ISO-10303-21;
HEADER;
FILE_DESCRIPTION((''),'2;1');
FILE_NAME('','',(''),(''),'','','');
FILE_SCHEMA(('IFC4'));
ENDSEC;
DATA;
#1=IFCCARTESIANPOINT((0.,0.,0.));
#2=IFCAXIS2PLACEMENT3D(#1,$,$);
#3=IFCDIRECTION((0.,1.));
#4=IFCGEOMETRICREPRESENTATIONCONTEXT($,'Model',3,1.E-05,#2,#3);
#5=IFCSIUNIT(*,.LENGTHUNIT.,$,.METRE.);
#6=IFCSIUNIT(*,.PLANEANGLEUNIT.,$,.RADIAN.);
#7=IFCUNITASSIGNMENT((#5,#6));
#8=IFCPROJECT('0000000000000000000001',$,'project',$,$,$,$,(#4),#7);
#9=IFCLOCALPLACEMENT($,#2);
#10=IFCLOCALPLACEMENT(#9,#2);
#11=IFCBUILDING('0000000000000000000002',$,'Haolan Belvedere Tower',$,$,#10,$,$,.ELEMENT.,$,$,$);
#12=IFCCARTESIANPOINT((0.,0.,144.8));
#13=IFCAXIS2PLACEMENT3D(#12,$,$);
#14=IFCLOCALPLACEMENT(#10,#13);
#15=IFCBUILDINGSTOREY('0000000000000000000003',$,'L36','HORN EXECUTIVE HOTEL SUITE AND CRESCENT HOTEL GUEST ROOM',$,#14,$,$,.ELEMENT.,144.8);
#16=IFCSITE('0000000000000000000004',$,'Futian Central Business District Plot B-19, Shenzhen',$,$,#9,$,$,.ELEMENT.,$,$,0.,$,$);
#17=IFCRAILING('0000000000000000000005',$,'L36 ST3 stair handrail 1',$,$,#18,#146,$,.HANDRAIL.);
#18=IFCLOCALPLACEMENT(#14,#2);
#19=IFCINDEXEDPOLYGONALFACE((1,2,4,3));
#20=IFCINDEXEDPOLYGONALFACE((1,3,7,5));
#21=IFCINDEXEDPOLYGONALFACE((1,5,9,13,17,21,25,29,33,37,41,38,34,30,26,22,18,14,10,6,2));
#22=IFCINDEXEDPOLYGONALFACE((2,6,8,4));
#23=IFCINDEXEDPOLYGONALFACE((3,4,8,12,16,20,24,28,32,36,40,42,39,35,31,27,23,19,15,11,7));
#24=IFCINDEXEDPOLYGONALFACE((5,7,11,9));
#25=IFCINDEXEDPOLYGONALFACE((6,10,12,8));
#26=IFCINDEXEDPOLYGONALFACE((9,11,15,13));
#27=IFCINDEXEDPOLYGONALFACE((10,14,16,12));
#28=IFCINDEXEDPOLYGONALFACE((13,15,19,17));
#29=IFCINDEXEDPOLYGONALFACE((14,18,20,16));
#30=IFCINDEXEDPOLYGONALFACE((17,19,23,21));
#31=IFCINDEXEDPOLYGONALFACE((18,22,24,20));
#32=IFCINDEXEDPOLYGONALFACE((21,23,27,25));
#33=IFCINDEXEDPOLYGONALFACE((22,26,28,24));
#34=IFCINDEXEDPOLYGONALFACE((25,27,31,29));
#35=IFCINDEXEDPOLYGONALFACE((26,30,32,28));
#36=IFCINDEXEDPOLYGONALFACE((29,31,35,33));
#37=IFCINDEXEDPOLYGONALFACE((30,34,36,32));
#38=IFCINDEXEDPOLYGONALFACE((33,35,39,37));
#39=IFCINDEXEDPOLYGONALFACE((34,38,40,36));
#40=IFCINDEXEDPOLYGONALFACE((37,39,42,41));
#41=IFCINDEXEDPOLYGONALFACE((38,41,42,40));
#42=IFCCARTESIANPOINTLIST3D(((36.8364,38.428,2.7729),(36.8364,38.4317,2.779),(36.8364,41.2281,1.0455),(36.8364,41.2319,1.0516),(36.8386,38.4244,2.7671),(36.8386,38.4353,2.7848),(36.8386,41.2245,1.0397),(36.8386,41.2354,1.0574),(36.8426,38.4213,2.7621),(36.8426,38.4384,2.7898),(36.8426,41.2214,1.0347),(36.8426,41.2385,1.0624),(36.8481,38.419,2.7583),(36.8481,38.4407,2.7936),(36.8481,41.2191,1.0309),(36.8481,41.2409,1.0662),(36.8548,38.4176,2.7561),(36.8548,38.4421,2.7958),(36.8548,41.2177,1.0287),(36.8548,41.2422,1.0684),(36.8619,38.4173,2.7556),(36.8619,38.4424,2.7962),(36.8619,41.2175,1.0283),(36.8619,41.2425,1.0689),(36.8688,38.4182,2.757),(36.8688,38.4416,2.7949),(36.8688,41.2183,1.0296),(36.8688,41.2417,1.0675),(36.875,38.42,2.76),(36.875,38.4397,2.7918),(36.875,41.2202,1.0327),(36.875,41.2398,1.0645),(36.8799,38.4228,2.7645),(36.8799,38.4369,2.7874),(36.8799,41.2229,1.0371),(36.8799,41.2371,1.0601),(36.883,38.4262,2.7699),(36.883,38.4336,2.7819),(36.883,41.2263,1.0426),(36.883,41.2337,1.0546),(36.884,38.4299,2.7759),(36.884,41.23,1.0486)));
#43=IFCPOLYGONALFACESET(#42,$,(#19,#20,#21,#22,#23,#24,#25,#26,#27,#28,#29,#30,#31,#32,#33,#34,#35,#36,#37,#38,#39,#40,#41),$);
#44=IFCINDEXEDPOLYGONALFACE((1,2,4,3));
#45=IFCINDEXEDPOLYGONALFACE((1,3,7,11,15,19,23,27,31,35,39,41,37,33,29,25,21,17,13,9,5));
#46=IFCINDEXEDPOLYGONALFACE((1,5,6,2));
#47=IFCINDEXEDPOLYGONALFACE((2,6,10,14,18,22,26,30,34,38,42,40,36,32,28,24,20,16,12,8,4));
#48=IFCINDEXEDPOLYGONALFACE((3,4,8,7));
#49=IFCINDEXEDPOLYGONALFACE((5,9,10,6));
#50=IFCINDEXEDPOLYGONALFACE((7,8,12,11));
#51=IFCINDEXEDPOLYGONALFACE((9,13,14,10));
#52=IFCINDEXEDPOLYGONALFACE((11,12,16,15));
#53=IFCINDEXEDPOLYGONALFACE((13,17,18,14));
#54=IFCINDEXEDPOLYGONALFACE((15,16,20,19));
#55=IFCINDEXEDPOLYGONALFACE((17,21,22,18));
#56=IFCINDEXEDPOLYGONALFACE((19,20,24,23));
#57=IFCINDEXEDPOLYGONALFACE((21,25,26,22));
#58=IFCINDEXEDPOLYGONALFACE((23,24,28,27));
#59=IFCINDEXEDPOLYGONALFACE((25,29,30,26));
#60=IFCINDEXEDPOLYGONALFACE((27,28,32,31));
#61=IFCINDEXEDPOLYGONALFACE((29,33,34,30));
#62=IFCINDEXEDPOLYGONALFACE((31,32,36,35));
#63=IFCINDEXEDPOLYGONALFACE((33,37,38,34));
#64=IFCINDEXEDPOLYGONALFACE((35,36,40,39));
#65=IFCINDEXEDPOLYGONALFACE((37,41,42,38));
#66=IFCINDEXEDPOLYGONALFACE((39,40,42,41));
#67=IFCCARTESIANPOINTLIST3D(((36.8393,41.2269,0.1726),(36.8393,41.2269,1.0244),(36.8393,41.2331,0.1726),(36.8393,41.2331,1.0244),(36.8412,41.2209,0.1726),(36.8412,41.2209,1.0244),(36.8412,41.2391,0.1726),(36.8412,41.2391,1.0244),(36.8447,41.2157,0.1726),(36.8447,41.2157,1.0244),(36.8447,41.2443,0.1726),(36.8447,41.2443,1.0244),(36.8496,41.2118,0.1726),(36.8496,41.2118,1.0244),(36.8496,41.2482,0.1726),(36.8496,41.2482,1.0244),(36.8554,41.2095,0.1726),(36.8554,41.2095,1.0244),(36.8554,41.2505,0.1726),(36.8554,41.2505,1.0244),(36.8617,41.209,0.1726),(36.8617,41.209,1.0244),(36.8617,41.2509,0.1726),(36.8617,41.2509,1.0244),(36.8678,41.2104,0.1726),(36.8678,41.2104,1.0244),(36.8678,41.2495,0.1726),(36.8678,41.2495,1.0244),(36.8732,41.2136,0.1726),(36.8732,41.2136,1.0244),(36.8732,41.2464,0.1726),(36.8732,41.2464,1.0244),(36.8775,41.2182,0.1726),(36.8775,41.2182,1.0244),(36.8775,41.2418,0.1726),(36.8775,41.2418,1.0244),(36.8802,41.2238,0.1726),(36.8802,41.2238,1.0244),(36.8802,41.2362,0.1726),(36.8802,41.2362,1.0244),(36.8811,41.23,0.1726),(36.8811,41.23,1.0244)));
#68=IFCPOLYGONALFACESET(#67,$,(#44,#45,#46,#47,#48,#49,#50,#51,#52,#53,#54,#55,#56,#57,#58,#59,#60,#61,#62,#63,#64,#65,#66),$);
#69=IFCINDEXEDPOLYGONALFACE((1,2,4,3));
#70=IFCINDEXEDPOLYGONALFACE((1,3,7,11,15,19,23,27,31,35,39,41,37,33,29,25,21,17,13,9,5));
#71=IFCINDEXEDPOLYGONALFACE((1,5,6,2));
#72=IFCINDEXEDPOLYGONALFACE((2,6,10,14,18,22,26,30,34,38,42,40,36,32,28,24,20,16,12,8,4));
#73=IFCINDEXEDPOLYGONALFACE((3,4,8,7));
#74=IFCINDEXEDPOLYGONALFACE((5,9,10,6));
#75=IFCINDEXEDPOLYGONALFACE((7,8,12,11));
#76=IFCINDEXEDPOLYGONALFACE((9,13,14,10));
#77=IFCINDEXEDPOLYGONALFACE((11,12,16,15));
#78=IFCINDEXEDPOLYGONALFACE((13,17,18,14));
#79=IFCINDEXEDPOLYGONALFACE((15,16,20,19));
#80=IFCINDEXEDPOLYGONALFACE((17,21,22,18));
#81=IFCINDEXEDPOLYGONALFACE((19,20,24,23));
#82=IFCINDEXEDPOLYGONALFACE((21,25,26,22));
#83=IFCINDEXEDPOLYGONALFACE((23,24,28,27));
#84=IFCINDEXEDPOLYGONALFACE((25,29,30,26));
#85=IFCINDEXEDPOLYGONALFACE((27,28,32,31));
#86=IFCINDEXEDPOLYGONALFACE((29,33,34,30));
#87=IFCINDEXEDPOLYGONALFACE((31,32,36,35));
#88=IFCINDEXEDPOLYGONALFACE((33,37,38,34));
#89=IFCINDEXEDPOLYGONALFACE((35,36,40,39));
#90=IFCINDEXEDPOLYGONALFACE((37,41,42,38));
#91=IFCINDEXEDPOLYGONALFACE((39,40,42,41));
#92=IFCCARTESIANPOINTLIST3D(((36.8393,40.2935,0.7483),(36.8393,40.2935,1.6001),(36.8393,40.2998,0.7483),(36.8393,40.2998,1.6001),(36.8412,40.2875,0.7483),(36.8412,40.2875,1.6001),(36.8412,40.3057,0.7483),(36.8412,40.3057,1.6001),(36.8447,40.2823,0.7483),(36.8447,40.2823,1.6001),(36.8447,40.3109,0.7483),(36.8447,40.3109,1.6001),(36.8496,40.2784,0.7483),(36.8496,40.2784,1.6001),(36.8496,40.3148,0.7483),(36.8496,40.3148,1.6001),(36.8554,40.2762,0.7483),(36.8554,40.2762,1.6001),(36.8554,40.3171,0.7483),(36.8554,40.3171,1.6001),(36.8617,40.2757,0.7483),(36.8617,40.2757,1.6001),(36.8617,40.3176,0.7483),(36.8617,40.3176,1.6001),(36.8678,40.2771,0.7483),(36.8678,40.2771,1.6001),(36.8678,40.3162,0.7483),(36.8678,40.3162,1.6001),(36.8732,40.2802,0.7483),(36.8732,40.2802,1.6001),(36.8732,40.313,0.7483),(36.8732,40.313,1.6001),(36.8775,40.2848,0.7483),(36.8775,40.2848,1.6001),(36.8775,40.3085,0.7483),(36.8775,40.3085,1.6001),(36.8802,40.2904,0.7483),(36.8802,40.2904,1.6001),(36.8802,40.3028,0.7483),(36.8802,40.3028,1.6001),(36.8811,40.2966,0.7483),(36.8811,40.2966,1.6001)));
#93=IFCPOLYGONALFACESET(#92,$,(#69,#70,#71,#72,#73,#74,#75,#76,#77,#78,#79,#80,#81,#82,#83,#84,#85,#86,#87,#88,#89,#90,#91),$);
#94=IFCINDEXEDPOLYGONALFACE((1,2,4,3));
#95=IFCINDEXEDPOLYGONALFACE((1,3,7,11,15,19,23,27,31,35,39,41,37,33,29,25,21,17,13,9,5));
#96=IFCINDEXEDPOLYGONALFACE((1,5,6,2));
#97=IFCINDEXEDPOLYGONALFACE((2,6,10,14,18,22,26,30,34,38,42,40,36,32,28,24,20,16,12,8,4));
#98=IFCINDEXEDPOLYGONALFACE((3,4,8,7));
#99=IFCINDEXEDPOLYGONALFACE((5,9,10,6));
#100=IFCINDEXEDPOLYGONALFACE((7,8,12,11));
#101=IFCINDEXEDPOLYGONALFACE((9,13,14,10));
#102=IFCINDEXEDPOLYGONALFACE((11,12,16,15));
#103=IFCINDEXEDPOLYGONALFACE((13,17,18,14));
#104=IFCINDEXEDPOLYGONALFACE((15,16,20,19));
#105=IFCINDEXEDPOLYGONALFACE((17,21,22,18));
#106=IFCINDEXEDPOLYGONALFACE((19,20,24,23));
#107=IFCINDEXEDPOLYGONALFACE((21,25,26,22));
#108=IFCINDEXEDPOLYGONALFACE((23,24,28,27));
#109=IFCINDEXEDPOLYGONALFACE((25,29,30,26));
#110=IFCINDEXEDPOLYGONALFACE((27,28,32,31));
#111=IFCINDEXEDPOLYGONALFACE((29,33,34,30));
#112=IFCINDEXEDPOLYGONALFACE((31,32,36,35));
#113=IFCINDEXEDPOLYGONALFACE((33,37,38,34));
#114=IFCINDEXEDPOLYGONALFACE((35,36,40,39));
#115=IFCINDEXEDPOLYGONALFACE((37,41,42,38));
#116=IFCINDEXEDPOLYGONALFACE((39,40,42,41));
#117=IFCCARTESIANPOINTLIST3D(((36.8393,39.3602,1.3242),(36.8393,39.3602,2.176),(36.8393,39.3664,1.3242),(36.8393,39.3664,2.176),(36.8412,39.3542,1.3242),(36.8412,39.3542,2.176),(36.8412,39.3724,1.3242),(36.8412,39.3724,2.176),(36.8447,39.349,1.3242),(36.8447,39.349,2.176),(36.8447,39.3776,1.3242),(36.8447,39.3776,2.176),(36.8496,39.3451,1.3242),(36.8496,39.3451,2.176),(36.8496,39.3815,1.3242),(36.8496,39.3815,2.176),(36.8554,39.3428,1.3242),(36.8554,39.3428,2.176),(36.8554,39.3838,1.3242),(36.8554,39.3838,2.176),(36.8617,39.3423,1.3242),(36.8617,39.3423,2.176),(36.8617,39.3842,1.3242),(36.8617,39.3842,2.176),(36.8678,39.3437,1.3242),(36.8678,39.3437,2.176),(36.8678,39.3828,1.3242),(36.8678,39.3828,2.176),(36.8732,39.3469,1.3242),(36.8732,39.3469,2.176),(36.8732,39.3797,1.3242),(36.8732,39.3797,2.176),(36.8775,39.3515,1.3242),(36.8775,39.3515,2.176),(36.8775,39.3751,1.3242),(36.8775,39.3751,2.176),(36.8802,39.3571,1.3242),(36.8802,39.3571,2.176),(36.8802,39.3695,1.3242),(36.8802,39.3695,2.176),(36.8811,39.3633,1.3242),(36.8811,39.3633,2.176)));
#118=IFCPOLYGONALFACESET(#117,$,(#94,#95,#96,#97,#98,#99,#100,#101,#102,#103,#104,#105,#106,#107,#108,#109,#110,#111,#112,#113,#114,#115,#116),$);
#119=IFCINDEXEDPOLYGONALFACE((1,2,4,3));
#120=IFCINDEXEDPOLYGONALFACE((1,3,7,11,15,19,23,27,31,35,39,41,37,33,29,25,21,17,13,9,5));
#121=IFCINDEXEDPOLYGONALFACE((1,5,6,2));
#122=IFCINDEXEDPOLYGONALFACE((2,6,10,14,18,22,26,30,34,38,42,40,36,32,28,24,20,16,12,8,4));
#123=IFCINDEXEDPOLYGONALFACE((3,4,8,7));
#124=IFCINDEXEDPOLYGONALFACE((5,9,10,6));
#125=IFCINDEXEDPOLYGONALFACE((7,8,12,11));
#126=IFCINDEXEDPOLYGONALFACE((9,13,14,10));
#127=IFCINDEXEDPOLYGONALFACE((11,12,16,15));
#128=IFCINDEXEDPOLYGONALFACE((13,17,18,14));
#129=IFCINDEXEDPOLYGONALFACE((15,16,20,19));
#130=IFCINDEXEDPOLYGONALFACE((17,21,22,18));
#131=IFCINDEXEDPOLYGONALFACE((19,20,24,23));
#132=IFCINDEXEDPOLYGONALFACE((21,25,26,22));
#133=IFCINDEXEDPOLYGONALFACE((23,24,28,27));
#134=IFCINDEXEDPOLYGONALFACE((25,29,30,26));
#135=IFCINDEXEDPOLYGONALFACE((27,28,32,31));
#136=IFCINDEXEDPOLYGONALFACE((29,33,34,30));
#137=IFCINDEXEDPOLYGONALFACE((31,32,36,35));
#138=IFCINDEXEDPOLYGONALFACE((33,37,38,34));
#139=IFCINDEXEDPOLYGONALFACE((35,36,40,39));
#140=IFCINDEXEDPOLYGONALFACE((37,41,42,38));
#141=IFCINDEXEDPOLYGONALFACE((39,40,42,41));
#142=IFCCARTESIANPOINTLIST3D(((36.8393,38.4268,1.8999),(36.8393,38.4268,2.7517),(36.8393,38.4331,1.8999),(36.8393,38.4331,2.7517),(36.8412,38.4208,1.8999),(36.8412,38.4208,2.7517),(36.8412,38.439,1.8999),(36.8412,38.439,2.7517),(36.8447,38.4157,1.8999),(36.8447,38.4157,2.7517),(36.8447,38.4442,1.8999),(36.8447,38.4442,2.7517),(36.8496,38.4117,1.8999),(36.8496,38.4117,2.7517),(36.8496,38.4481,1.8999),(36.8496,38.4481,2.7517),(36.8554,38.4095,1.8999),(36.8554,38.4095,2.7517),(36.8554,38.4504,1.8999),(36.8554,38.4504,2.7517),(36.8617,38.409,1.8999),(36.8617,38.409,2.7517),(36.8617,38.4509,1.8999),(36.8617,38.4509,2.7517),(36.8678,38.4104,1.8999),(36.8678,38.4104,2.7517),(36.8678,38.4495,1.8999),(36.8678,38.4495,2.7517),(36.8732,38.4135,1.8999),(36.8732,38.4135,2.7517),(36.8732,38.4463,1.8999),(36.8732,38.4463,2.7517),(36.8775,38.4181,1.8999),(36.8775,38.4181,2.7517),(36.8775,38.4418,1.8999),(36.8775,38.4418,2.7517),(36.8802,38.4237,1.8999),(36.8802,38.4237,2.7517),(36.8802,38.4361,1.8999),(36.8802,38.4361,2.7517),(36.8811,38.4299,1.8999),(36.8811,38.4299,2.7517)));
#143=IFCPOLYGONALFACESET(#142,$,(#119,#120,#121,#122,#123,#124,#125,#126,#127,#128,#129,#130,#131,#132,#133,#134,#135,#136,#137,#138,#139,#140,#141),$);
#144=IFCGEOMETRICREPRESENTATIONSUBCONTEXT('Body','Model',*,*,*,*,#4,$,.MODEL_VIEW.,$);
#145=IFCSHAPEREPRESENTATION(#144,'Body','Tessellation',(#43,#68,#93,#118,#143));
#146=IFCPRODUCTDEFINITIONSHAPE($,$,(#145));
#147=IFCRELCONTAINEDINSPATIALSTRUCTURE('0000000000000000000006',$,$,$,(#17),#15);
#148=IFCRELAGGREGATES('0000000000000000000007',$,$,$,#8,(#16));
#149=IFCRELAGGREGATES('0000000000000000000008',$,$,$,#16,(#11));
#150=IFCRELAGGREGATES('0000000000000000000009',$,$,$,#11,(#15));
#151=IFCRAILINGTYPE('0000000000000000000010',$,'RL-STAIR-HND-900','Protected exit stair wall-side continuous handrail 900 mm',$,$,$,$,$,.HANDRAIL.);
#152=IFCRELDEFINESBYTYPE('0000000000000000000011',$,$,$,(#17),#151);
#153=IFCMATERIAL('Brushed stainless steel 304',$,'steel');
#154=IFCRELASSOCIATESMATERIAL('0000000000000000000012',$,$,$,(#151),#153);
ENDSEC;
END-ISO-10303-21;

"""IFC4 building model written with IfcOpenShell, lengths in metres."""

from ifc_helpers import new_model, si_unit, direction, frame, origin, origin_2d, place, context, subcontext, project, spatial, circle, extrude, material, type_object, element, save


model = new_model("IFC4")

# Units and contexts
model_context = context("Model", 3, precision=1e-05, world=origin(), true_north=direction((0.0, 1.0)))
body_context = subcontext(model_context, "Body", "Model", "MODEL_VIEW")
ifc_project = project(units=[si_unit("LENGTHUNIT", "METRE"), si_unit("PLANEANGLEUNIT", "RADIAN")], contexts=[model_context])

# Site, building, storey
site_placement = place(None, origin())
site = spatial("IfcSite", under=ifc_project, at=site_placement, Name="Futian Central Business District Plot B-19, Shenzhen", CompositionType="ELEMENT", RefElevation=0.0)
building_placement = place(site_placement, origin())
building = spatial("IfcBuilding", under=site, at=building_placement, Name="Haolan Belvedere Tower", CompositionType="ELEMENT")
storey_placement = place(building_placement, frame((0.0, 0.0, 144.8)))
storey = spatial("IfcBuildingStorey", under=building, at=storey_placement, Name="L36", Description="HORN EXECUTIVE HOTEL SUITE AND CRESCENT HOTEL GUEST ROOM", CompositionType="ELEMENT", Elevation=144.8)

# Railing
ifc_material_1 = material(Name="Brushed stainless steel 304", Category="steel")
railing_type_1 = type_object("IfcRailingType", Name="RL-STAIR-HND-900", Description="Protected exit stair wall-side continuous handrail 900 mm", PredefinedType="HANDRAIL", material=ifc_material_1)
railing_1_placement = place(storey_placement, frame((36.8601, 41.23, 0.1726)))
element("IfcRailing", 1, at=railing_1_placement, inside=storey, type_object=railing_type_1, Name="L36 ST3 stair handrail 1", PredefinedType="HANDRAIL", context=body_context, shape_type="SweptSolid", body=[
    extrude(circle(Radius=0.0239, at=origin_2d()), frame((0.0, 0.0, 0.876), z_axis=(0.0, -0.85109, 0.52502), x_axis=(1.0, 0.0, 0.0)), (0.0, 0.0, 1.0), 3.29),
    extrude(circle(Radius=0.021, at=origin_2d()), origin(), (0.0, 0.0, 1.0), 0.8518),
    extrude(circle(Radius=0.021, at=origin_2d()), frame((0.0, -0.9333, 0.5757)), (0.0, 0.0, 1.0), 0.8518),
    extrude(circle(Radius=0.021, at=origin_2d()), frame((0.0, -1.8667, 1.1516)), (0.0, 0.0, 1.0), 0.8518),
    extrude(circle(Radius=0.021, at=origin_2d()), frame((0.0, -2.8, 1.7273)), (0.0, 0.0, 1.0), 0.8518),
])

save(model, "model.ifc")
